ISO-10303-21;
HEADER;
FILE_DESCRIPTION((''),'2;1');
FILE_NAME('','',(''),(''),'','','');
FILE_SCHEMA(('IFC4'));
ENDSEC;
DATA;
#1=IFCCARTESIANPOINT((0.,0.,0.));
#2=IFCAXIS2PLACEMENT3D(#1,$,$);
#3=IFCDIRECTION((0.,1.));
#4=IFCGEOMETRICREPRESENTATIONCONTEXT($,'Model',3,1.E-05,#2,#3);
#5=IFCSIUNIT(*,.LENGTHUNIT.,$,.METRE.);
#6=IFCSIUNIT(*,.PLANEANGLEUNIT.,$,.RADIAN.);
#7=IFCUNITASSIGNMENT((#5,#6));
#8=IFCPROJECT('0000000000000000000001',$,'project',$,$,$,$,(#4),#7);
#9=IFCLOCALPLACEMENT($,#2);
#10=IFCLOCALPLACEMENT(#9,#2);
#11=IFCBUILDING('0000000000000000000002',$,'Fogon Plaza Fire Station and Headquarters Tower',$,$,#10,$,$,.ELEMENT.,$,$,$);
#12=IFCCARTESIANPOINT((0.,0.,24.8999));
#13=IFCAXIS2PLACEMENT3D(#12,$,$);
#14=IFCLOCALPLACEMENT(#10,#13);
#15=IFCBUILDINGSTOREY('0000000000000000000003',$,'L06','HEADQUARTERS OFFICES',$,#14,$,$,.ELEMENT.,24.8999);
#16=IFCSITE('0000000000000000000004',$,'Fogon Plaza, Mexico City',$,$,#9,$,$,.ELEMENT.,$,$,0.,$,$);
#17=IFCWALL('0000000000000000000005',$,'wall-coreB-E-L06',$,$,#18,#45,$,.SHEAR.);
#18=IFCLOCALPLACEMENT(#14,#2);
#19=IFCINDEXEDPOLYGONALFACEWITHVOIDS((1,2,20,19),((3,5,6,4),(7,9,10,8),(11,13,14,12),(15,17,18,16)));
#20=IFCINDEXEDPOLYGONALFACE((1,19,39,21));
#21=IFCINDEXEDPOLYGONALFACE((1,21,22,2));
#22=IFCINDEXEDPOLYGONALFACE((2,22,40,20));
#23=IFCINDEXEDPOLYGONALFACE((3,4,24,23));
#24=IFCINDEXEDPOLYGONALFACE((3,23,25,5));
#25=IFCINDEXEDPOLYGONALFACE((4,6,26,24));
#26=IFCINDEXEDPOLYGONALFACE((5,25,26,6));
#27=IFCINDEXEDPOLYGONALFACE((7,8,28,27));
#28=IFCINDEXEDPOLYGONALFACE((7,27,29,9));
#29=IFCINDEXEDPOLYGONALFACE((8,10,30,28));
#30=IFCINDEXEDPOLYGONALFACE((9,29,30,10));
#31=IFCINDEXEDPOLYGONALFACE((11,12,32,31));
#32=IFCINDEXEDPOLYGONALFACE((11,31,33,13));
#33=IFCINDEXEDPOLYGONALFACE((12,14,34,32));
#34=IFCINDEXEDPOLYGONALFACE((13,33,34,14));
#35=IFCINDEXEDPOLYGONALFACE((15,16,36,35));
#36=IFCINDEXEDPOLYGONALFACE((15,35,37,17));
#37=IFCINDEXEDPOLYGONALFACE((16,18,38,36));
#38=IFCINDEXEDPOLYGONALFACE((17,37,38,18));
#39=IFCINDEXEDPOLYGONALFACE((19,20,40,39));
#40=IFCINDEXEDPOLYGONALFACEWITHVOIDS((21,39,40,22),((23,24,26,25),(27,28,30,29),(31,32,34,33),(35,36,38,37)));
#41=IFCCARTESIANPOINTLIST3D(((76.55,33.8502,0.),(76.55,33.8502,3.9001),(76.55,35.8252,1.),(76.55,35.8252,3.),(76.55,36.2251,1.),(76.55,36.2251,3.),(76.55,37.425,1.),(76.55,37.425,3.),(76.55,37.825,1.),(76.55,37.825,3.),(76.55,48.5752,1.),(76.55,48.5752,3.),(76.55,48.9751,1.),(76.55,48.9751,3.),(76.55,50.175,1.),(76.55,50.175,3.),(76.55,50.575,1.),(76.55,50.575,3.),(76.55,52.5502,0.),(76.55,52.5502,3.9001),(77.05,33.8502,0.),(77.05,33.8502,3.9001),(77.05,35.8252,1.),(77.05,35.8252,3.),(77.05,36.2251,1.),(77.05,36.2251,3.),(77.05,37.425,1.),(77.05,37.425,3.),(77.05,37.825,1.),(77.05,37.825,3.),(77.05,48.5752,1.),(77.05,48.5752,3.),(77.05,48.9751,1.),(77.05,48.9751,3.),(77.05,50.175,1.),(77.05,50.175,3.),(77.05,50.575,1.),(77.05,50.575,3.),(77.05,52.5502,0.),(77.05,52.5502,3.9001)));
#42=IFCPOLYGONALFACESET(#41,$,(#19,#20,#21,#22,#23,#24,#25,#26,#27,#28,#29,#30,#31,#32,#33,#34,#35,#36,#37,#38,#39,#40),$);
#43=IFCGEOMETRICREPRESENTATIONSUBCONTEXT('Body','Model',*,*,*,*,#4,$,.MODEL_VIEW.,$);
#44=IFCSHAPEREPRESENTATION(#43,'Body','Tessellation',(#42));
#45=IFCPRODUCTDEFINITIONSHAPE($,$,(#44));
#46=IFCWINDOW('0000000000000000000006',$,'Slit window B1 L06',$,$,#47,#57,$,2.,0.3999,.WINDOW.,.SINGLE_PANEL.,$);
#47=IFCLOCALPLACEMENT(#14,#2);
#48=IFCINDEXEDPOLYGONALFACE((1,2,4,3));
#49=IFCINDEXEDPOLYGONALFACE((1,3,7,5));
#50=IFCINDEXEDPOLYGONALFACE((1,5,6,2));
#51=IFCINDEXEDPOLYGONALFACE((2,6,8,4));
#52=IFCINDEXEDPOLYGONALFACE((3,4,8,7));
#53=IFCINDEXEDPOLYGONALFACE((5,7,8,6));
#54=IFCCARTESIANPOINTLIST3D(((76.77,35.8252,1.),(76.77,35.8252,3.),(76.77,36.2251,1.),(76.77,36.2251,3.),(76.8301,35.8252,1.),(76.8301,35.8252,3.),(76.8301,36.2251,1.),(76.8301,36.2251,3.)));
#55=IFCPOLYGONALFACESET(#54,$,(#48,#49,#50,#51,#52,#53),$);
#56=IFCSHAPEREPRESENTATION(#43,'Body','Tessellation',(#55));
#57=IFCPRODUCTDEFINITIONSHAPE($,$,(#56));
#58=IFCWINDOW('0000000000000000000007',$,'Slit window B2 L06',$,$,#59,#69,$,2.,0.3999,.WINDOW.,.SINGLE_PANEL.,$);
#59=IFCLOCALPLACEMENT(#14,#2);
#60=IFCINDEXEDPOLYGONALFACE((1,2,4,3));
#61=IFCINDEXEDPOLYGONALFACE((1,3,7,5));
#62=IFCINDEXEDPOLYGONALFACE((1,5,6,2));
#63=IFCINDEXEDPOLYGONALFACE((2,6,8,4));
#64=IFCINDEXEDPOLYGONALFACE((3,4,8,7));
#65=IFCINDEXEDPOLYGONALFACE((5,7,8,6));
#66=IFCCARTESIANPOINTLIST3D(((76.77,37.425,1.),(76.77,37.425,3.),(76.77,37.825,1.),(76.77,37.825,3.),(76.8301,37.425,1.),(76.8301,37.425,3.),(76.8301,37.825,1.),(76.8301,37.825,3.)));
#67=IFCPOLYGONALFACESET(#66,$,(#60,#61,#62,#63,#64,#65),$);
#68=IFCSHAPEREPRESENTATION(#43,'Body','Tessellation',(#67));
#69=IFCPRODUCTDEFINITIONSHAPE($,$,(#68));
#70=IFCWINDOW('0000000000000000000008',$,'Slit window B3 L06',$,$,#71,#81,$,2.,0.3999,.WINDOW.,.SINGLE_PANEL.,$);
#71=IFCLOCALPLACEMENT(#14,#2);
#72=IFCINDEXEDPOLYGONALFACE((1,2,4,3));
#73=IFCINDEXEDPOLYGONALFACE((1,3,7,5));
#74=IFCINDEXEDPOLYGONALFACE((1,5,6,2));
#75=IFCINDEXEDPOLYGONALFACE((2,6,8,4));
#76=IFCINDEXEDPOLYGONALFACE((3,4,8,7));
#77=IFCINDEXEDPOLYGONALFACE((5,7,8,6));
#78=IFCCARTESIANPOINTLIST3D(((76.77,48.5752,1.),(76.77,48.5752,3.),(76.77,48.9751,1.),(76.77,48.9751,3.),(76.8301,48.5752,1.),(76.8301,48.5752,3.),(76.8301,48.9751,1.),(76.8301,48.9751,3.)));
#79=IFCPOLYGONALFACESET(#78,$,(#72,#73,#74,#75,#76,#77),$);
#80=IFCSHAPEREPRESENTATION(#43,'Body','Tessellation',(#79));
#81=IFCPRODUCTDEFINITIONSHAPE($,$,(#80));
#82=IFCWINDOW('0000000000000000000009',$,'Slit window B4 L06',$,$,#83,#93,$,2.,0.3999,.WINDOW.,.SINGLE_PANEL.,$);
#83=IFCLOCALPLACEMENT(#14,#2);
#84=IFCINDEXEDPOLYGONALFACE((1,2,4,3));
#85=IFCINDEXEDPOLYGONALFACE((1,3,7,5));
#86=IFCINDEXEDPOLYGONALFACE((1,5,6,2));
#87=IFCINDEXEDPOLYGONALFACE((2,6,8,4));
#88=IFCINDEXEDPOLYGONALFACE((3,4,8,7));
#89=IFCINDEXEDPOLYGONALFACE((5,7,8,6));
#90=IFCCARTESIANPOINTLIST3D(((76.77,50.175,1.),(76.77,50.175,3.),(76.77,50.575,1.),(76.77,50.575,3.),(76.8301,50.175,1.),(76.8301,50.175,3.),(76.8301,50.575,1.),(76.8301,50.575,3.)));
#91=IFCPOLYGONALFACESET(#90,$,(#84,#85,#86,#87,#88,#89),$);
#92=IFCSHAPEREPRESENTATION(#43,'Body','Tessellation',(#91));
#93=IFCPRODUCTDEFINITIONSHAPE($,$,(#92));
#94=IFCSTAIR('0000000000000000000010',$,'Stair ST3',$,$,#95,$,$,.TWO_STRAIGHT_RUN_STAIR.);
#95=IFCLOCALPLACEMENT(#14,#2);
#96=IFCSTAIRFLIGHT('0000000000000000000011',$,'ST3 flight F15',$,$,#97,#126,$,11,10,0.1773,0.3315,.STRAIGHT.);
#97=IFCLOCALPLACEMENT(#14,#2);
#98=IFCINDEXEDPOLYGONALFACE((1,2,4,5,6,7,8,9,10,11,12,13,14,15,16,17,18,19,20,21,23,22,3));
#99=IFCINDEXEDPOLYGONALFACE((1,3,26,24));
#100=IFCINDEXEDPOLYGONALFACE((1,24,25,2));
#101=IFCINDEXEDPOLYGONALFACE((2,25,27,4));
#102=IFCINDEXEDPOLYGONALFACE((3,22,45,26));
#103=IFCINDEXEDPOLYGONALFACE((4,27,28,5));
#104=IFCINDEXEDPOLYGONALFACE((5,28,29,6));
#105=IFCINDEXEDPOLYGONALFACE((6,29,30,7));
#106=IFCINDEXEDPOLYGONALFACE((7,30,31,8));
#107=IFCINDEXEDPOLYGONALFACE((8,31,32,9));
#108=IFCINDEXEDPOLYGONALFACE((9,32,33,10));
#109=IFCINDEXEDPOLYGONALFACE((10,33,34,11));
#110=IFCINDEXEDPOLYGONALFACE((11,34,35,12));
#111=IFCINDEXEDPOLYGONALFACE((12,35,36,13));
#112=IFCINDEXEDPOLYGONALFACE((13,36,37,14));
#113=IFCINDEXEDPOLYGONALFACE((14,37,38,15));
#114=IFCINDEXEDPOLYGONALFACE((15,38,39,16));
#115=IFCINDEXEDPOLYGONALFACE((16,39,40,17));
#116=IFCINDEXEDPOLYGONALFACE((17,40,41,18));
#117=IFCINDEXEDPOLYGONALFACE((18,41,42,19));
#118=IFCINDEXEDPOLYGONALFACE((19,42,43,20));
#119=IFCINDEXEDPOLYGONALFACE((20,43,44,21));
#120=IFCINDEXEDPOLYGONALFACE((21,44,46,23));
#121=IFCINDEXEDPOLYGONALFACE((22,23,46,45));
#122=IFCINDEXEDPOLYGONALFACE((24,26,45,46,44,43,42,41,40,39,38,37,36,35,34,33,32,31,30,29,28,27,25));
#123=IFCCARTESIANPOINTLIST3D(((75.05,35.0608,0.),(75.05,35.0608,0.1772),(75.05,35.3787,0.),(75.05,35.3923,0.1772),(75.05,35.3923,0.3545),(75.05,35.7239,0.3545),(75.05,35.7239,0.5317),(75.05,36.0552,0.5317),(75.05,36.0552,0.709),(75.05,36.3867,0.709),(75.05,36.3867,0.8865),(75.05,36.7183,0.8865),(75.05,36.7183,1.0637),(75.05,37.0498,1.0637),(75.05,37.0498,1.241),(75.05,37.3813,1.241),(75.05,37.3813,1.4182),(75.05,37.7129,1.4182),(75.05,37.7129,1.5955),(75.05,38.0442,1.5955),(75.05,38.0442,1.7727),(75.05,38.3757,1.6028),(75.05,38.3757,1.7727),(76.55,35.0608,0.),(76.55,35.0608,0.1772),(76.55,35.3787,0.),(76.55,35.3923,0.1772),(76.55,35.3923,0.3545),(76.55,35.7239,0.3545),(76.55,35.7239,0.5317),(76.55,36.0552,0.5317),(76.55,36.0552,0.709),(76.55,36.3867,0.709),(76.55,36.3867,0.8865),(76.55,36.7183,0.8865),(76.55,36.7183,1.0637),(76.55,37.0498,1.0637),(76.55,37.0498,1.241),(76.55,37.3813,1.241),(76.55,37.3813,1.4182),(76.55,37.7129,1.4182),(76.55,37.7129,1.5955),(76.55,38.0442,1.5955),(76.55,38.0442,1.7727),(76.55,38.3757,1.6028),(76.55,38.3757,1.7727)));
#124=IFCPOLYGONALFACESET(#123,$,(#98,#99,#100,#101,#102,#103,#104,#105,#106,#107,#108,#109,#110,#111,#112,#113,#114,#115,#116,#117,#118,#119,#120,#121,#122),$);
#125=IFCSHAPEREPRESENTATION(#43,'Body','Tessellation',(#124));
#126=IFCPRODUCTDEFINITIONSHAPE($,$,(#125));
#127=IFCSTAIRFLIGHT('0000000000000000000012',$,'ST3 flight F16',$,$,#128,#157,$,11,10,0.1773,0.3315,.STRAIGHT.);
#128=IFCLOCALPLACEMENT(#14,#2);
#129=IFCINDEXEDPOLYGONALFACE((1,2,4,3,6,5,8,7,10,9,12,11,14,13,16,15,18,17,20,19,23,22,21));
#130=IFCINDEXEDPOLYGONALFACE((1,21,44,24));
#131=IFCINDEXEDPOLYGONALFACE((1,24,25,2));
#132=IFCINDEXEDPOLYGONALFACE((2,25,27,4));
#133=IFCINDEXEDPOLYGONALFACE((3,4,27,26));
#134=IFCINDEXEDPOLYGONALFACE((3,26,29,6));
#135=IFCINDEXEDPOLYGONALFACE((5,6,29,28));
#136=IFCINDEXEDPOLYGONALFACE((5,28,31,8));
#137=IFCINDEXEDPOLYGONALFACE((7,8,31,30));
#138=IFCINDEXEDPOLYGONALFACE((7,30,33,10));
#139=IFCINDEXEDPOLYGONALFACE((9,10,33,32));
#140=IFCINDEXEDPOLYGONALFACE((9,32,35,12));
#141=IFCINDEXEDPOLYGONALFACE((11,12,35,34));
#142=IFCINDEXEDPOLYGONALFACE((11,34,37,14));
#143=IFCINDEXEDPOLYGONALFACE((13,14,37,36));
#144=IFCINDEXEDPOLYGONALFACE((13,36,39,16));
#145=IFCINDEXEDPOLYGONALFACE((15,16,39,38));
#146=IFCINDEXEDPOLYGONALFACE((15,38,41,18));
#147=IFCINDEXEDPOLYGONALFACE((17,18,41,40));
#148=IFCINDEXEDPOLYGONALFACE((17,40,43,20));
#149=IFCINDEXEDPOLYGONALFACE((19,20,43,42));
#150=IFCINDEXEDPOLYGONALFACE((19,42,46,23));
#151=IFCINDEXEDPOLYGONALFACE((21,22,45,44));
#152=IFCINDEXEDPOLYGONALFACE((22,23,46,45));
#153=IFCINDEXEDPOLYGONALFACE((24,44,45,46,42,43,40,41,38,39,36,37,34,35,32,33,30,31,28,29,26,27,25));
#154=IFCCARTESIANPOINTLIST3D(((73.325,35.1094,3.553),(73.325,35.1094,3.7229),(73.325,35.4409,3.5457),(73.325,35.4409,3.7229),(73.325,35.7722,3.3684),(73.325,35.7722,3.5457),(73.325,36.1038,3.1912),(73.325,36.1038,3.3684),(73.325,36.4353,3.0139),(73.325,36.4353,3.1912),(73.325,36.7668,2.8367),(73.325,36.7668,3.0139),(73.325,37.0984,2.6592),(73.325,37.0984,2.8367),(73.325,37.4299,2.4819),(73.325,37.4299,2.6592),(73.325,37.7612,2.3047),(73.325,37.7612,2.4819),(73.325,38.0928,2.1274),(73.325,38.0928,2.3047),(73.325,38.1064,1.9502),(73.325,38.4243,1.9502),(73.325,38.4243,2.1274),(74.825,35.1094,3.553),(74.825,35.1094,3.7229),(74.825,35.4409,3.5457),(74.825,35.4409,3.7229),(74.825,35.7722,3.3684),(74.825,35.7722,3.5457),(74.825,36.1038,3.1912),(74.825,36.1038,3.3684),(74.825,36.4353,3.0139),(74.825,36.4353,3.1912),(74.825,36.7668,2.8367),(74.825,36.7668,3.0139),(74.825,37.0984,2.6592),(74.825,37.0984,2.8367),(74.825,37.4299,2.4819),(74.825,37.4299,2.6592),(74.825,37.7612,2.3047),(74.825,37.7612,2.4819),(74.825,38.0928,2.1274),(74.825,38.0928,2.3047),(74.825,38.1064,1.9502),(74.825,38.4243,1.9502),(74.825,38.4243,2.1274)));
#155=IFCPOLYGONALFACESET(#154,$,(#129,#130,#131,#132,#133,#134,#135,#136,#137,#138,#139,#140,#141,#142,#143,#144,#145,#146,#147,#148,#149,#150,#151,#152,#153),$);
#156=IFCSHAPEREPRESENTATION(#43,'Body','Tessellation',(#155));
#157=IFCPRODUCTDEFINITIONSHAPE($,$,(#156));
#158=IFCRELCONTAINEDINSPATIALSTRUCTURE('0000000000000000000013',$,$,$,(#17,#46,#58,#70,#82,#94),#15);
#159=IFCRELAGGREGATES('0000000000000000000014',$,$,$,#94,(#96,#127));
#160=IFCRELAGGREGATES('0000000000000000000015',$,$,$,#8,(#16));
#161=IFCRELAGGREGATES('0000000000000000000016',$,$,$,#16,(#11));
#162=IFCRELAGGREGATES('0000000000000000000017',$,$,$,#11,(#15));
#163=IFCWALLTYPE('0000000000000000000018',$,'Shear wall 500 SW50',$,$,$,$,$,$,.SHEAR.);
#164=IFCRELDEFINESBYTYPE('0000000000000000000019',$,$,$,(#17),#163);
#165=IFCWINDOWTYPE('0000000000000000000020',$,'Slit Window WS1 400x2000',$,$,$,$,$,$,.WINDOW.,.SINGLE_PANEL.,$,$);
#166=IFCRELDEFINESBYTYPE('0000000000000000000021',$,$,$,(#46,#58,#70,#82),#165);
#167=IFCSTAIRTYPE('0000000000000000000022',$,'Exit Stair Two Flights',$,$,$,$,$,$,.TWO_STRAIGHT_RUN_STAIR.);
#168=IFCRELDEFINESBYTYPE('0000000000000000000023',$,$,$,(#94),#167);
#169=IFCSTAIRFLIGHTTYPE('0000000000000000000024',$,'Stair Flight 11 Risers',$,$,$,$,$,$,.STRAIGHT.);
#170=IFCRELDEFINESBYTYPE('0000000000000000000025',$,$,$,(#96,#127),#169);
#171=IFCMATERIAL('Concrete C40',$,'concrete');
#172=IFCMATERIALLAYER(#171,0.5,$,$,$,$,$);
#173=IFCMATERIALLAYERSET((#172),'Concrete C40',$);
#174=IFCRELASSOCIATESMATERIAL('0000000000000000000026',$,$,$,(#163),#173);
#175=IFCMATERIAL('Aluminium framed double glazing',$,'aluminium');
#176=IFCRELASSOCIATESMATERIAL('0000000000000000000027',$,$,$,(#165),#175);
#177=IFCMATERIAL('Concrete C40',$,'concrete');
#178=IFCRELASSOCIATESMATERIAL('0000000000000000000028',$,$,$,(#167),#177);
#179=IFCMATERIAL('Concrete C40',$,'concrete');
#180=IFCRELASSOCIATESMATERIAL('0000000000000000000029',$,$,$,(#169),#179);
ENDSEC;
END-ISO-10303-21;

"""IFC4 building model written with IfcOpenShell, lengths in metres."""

from ifc_helpers import new_model, si_unit, direction, frame, frame_2d, origin, place, context, subcontext, project, spatial, polyline, rectangle, outline, extrude, material, layer, layer_set, type_object, element, fill, aggregate, save


model = new_model("IFC4")

# Units and contexts
model_context = context("Model", 3, precision=1e-05, world=origin(), true_north=direction((0.0, 1.0)))
body_context = subcontext(model_context, "Body", "Model", "MODEL_VIEW")
ifc_project = project(units=[si_unit("LENGTHUNIT", "METRE"), si_unit("PLANEANGLEUNIT", "RADIAN")], contexts=[model_context])

# Site, building, storey
site_placement = place(None, origin())
site = spatial("IfcSite", under=ifc_project, at=site_placement, Name="Fogon Plaza, Mexico City", CompositionType="ELEMENT", RefElevation=0.0)
building_placement = place(site_placement, origin())
building = spatial("IfcBuilding", under=site, at=building_placement, Name="Fogon Plaza Fire Station and Headquarters Tower", CompositionType="ELEMENT")
storey_placement = place(building_placement, frame((0.0, 0.0, 24.8999)))
storey = spatial("IfcBuildingStorey", under=building, at=storey_placement, Name="L06", Description="HEADQUARTERS OFFICES", CompositionType="ELEMENT", Elevation=24.8999)

# Wall, openings, windows
ifc_material_1 = material(Name="Concrete C40", Category="concrete")
ifc_layer_1 = layer(ifc_material_1, 0.5)
ifc_layer_set_1 = layer_set([ifc_layer_1], Name="Concrete C40")
wall_type_1 = type_object("IfcWallType", Name="Shear wall 500 SW50", PredefinedType="SHEAR", material=ifc_layer_set_1)
wall_1_placement = place(storey_placement, frame((76.8, 33.8501, 0.0), z_axis=(0.0, 0.0, 1.0), x_axis=(0.0, 1.0, 0.0)))
wall_1 = element("IfcWall", 1, at=wall_1_placement, inside=storey, type_object=wall_type_1, Name="wall-coreB-E-L06", PredefinedType="SHEAR", context=body_context, shape_type="SweptSolid", body=[
    extrude(rectangle(XDim=18.7, YDim=0.5, at=frame_2d((9.3501, 0.0))), origin(), (0.0, 0.0, 1.0), 3.9001),
])
opening_1_placement = place(wall_1_placement, frame((1.9751, 0.0, 1.0)))
opening_1 = element("IfcOpeningElement", 2, at=opening_1_placement, cuts=wall_1, PredefinedType="OPENING", context=body_context, shape_type="SweptSolid", body=[
    extrude(rectangle(XDim=0.3999, YDim=2.0, at=frame_2d((0.2, 1.0))), frame((0.0, 0.26, 0.0), z_axis=(0.0, -1.0, 0.0), x_axis=(1.0, 0.0, 0.0)), (0.0, 0.0, 1.0), 0.52),
])
opening_2_placement = place(wall_1_placement, frame((3.575, 0.0, 1.0)))
opening_2 = element("IfcOpeningElement", 3, at=opening_2_placement, cuts=wall_1, PredefinedType="OPENING", context=body_context, shape_type="SweptSolid", body=[
    extrude(rectangle(XDim=0.3999, YDim=2.0, at=frame_2d((0.2, 1.0))), frame((0.0, 0.26, 0.0), z_axis=(0.0, -1.0, 0.0), x_axis=(1.0, 0.0, 0.0)), (0.0, 0.0, 1.0), 0.52),
])
opening_3_placement = place(wall_1_placement, frame((14.7251, 0.0, 1.0)))
opening_3 = element("IfcOpeningElement", 4, at=opening_3_placement, cuts=wall_1, PredefinedType="OPENING", context=body_context, shape_type="SweptSolid", body=[
    extrude(rectangle(XDim=0.3999, YDim=2.0, at=frame_2d((0.2, 1.0))), frame((0.0, 0.26, 0.0), z_axis=(0.0, -1.0, 0.0), x_axis=(1.0, 0.0, 0.0)), (0.0, 0.0, 1.0), 0.52),
])
opening_4_placement = place(wall_1_placement, frame((16.325, 0.0, 1.0)))
opening_4 = element("IfcOpeningElement", 5, at=opening_4_placement, cuts=wall_1, PredefinedType="OPENING", context=body_context, shape_type="SweptSolid", body=[
    extrude(rectangle(XDim=0.3999, YDim=2.0, at=frame_2d((0.2, 1.0))), frame((0.0, 0.26, 0.0), z_axis=(0.0, -1.0, 0.0), x_axis=(1.0, 0.0, 0.0)), (0.0, 0.0, 1.0), 0.52),
])
ifc_material_2 = material(Name="Aluminium framed double glazing", Category="aluminium")
window_type = type_object("IfcWindowType", Name="Slit Window WS1 400x2000", PartitioningType="SINGLE_PANEL", PredefinedType="WINDOW", material=ifc_material_2)
window_1_placement = place(opening_1_placement, origin())
window_1 = element("IfcWindow", 6, at=window_1_placement, inside=storey, type_object=window_type, Name="Slit window B1 L06", OverallHeight=2.0, OverallWidth=0.3999, PartitioningType="SINGLE_PANEL", PredefinedType="WINDOW", context=body_context, shape_type="SweptSolid", body=[
    extrude(rectangle(XDim=0.3999, YDim=2.0, at=frame_2d((0.2, 1.0))), frame((0.0, 0.03, 0.0), z_axis=(0.0, -1.0, 0.0), x_axis=(1.0, 0.0, 0.0)), (0.0, 0.0, 1.0), 0.0601),
])
fill(opening_1, window_1)
window_2_placement = place(opening_2_placement, origin())
window_2 = element("IfcWindow", 7, at=window_2_placement, inside=storey, type_object=window_type, Name="Slit window B2 L06", OverallHeight=2.0, OverallWidth=0.3999, PartitioningType="SINGLE_PANEL", PredefinedType="WINDOW", context=body_context, shape_type="SweptSolid", body=[
    extrude(rectangle(XDim=0.3999, YDim=2.0, at=frame_2d((0.2, 1.0))), frame((0.0, 0.03, 0.0), z_axis=(0.0, -1.0, 0.0), x_axis=(1.0, 0.0, 0.0)), (0.0, 0.0, 1.0), 0.0601),
])
fill(opening_2, window_2)
window_3_placement = place(opening_3_placement, origin())
window_3 = element("IfcWindow", 8, at=window_3_placement, inside=storey, type_object=window_type, Name="Slit window B3 L06", OverallHeight=2.0, OverallWidth=0.3999, PartitioningType="SINGLE_PANEL", PredefinedType="WINDOW", context=body_context, shape_type="SweptSolid", body=[
    extrude(rectangle(XDim=0.3999, YDim=2.0, at=frame_2d((0.2, 1.0))), frame((0.0, 0.03, 0.0), z_axis=(0.0, -1.0, 0.0), x_axis=(1.0, 0.0, 0.0)), (0.0, 0.0, 1.0), 0.0601),
])
fill(opening_3, window_3)
window_4_placement = place(opening_4_placement, origin())
window_4 = element("IfcWindow", 9, at=window_4_placement, inside=storey, type_object=window_type, Name="Slit window B4 L06", OverallHeight=2.0, OverallWidth=0.3999, PartitioningType="SINGLE_PANEL", PredefinedType="WINDOW", context=body_context, shape_type="SweptSolid", body=[
    extrude(rectangle(XDim=0.3999, YDim=2.0, at=frame_2d((0.2, 1.0))), frame((0.0, 0.03, 0.0), z_axis=(0.0, -1.0, 0.0), x_axis=(1.0, 0.0, 0.0)), (0.0, 0.0, 1.0), 0.0601),
])
fill(opening_4, window_4)

# Stair, stair flights
ifc_material_3 = material(Name="Concrete C40", Category="concrete")
stair_type = type_object("IfcStairType", Name="Exit Stair Two Flights", PredefinedType="TWO_STRAIGHT_RUN_STAIR", material=ifc_material_3)
stair_placement = place(storey_placement, origin())
stair = element("IfcStair", 10, at=stair_placement, inside=storey, type_object=stair_type, Name="Stair ST3", PredefinedType="TWO_STRAIGHT_RUN_STAIR")
ifc_material_4 = material(Name="Concrete C40", Category="concrete")
stair_flight_type = type_object("IfcStairFlightType", Name="Stair Flight 11 Risers", PredefinedType="STRAIGHT", material=ifc_material_4)
stair_flight_1_placement = place(storey_placement, frame((75.8, 35.0608, 0.0), z_axis=(0.0, 0.0, 1.0), x_axis=(0.0, 1.0, 0.0)))
stair_flight_1 = element("IfcStairFlight", 11, at=stair_flight_1_placement, type_object=stair_flight_type, Name="ST3 flight F15", NumberOfRisers=11, NumberOfTreads=10, PredefinedType="STRAIGHT", RiserHeight=0.1773, TreadLength=0.3315, context=body_context, shape_type="SweptSolid", body=[
    extrude(outline(polyline([(0.0, 0.0), (0.0, 0.1772), (0.3315, 0.1772), (0.3315, 0.3545), (0.6631, 0.3545), (0.6631, 0.5317), (0.9944, 0.5317), (0.9944, 0.709), (1.3259, 0.709), (1.3259, 0.8865), (1.6575, 0.8865), (1.6575, 1.0637), (1.989, 1.0637), (1.989, 1.241), (2.3206, 1.241), (2.3206, 1.4182), (2.6521, 1.4182), (2.6521, 1.5955), (2.9834, 1.5955), (2.9834, 1.7727), (3.3149, 1.7727), (3.3149, 1.95), (3.3149, 1.6028), (0.3179, 0.0), (0.0, 0.0)])), frame((0.0, 0.75, 0.0), z_axis=(0.0, -1.0, 0.0), x_axis=(1.0, 0.0, 0.0)), (0.0, 0.0, 1.0), 1.5),
])
stair_flight_2_placement = place(storey_placement, frame((74.075, 38.4243, 1.9502), z_axis=(0.0, 0.0, 1.0), x_axis=(0.0, -1.0, 0.0)))
stair_flight_2 = element("IfcStairFlight", 12, at=stair_flight_2_placement, type_object=stair_flight_type, Name="ST3 flight F16", NumberOfRisers=11, NumberOfTreads=10, PredefinedType="STRAIGHT", RiserHeight=0.1773, TreadLength=0.3315, context=body_context, shape_type="SweptSolid", body=[
    extrude(outline(polyline([(0.0, 0.0), (0.0, 0.1772), (0.3315, 0.1772), (0.3315, 0.3545), (0.6631, 0.3545), (0.6631, 0.5317), (0.9944, 0.5317), (0.9944, 0.709), (1.3259, 0.709), (1.3259, 0.8865), (1.6575, 0.8865), (1.6575, 1.0637), (1.989, 1.0637), (1.989, 1.241), (2.3206, 1.241), (2.3206, 1.4182), (2.6521, 1.4182), (2.6521, 1.5955), (2.9834, 1.5955), (2.9834, 1.7727), (3.3149, 1.7727), (3.3149, 1.95), (3.3149, 1.6028), (0.3179, 0.0), (0.0, 0.0)])), frame((0.0, 0.75, 0.0), z_axis=(0.0, -1.0, 0.0), x_axis=(1.0, 0.0, 0.0)), (0.0, 0.0, 1.0), 1.5),
])
aggregate(stair, [stair_flight_1, stair_flight_2])

save(model, "model.ifc")
